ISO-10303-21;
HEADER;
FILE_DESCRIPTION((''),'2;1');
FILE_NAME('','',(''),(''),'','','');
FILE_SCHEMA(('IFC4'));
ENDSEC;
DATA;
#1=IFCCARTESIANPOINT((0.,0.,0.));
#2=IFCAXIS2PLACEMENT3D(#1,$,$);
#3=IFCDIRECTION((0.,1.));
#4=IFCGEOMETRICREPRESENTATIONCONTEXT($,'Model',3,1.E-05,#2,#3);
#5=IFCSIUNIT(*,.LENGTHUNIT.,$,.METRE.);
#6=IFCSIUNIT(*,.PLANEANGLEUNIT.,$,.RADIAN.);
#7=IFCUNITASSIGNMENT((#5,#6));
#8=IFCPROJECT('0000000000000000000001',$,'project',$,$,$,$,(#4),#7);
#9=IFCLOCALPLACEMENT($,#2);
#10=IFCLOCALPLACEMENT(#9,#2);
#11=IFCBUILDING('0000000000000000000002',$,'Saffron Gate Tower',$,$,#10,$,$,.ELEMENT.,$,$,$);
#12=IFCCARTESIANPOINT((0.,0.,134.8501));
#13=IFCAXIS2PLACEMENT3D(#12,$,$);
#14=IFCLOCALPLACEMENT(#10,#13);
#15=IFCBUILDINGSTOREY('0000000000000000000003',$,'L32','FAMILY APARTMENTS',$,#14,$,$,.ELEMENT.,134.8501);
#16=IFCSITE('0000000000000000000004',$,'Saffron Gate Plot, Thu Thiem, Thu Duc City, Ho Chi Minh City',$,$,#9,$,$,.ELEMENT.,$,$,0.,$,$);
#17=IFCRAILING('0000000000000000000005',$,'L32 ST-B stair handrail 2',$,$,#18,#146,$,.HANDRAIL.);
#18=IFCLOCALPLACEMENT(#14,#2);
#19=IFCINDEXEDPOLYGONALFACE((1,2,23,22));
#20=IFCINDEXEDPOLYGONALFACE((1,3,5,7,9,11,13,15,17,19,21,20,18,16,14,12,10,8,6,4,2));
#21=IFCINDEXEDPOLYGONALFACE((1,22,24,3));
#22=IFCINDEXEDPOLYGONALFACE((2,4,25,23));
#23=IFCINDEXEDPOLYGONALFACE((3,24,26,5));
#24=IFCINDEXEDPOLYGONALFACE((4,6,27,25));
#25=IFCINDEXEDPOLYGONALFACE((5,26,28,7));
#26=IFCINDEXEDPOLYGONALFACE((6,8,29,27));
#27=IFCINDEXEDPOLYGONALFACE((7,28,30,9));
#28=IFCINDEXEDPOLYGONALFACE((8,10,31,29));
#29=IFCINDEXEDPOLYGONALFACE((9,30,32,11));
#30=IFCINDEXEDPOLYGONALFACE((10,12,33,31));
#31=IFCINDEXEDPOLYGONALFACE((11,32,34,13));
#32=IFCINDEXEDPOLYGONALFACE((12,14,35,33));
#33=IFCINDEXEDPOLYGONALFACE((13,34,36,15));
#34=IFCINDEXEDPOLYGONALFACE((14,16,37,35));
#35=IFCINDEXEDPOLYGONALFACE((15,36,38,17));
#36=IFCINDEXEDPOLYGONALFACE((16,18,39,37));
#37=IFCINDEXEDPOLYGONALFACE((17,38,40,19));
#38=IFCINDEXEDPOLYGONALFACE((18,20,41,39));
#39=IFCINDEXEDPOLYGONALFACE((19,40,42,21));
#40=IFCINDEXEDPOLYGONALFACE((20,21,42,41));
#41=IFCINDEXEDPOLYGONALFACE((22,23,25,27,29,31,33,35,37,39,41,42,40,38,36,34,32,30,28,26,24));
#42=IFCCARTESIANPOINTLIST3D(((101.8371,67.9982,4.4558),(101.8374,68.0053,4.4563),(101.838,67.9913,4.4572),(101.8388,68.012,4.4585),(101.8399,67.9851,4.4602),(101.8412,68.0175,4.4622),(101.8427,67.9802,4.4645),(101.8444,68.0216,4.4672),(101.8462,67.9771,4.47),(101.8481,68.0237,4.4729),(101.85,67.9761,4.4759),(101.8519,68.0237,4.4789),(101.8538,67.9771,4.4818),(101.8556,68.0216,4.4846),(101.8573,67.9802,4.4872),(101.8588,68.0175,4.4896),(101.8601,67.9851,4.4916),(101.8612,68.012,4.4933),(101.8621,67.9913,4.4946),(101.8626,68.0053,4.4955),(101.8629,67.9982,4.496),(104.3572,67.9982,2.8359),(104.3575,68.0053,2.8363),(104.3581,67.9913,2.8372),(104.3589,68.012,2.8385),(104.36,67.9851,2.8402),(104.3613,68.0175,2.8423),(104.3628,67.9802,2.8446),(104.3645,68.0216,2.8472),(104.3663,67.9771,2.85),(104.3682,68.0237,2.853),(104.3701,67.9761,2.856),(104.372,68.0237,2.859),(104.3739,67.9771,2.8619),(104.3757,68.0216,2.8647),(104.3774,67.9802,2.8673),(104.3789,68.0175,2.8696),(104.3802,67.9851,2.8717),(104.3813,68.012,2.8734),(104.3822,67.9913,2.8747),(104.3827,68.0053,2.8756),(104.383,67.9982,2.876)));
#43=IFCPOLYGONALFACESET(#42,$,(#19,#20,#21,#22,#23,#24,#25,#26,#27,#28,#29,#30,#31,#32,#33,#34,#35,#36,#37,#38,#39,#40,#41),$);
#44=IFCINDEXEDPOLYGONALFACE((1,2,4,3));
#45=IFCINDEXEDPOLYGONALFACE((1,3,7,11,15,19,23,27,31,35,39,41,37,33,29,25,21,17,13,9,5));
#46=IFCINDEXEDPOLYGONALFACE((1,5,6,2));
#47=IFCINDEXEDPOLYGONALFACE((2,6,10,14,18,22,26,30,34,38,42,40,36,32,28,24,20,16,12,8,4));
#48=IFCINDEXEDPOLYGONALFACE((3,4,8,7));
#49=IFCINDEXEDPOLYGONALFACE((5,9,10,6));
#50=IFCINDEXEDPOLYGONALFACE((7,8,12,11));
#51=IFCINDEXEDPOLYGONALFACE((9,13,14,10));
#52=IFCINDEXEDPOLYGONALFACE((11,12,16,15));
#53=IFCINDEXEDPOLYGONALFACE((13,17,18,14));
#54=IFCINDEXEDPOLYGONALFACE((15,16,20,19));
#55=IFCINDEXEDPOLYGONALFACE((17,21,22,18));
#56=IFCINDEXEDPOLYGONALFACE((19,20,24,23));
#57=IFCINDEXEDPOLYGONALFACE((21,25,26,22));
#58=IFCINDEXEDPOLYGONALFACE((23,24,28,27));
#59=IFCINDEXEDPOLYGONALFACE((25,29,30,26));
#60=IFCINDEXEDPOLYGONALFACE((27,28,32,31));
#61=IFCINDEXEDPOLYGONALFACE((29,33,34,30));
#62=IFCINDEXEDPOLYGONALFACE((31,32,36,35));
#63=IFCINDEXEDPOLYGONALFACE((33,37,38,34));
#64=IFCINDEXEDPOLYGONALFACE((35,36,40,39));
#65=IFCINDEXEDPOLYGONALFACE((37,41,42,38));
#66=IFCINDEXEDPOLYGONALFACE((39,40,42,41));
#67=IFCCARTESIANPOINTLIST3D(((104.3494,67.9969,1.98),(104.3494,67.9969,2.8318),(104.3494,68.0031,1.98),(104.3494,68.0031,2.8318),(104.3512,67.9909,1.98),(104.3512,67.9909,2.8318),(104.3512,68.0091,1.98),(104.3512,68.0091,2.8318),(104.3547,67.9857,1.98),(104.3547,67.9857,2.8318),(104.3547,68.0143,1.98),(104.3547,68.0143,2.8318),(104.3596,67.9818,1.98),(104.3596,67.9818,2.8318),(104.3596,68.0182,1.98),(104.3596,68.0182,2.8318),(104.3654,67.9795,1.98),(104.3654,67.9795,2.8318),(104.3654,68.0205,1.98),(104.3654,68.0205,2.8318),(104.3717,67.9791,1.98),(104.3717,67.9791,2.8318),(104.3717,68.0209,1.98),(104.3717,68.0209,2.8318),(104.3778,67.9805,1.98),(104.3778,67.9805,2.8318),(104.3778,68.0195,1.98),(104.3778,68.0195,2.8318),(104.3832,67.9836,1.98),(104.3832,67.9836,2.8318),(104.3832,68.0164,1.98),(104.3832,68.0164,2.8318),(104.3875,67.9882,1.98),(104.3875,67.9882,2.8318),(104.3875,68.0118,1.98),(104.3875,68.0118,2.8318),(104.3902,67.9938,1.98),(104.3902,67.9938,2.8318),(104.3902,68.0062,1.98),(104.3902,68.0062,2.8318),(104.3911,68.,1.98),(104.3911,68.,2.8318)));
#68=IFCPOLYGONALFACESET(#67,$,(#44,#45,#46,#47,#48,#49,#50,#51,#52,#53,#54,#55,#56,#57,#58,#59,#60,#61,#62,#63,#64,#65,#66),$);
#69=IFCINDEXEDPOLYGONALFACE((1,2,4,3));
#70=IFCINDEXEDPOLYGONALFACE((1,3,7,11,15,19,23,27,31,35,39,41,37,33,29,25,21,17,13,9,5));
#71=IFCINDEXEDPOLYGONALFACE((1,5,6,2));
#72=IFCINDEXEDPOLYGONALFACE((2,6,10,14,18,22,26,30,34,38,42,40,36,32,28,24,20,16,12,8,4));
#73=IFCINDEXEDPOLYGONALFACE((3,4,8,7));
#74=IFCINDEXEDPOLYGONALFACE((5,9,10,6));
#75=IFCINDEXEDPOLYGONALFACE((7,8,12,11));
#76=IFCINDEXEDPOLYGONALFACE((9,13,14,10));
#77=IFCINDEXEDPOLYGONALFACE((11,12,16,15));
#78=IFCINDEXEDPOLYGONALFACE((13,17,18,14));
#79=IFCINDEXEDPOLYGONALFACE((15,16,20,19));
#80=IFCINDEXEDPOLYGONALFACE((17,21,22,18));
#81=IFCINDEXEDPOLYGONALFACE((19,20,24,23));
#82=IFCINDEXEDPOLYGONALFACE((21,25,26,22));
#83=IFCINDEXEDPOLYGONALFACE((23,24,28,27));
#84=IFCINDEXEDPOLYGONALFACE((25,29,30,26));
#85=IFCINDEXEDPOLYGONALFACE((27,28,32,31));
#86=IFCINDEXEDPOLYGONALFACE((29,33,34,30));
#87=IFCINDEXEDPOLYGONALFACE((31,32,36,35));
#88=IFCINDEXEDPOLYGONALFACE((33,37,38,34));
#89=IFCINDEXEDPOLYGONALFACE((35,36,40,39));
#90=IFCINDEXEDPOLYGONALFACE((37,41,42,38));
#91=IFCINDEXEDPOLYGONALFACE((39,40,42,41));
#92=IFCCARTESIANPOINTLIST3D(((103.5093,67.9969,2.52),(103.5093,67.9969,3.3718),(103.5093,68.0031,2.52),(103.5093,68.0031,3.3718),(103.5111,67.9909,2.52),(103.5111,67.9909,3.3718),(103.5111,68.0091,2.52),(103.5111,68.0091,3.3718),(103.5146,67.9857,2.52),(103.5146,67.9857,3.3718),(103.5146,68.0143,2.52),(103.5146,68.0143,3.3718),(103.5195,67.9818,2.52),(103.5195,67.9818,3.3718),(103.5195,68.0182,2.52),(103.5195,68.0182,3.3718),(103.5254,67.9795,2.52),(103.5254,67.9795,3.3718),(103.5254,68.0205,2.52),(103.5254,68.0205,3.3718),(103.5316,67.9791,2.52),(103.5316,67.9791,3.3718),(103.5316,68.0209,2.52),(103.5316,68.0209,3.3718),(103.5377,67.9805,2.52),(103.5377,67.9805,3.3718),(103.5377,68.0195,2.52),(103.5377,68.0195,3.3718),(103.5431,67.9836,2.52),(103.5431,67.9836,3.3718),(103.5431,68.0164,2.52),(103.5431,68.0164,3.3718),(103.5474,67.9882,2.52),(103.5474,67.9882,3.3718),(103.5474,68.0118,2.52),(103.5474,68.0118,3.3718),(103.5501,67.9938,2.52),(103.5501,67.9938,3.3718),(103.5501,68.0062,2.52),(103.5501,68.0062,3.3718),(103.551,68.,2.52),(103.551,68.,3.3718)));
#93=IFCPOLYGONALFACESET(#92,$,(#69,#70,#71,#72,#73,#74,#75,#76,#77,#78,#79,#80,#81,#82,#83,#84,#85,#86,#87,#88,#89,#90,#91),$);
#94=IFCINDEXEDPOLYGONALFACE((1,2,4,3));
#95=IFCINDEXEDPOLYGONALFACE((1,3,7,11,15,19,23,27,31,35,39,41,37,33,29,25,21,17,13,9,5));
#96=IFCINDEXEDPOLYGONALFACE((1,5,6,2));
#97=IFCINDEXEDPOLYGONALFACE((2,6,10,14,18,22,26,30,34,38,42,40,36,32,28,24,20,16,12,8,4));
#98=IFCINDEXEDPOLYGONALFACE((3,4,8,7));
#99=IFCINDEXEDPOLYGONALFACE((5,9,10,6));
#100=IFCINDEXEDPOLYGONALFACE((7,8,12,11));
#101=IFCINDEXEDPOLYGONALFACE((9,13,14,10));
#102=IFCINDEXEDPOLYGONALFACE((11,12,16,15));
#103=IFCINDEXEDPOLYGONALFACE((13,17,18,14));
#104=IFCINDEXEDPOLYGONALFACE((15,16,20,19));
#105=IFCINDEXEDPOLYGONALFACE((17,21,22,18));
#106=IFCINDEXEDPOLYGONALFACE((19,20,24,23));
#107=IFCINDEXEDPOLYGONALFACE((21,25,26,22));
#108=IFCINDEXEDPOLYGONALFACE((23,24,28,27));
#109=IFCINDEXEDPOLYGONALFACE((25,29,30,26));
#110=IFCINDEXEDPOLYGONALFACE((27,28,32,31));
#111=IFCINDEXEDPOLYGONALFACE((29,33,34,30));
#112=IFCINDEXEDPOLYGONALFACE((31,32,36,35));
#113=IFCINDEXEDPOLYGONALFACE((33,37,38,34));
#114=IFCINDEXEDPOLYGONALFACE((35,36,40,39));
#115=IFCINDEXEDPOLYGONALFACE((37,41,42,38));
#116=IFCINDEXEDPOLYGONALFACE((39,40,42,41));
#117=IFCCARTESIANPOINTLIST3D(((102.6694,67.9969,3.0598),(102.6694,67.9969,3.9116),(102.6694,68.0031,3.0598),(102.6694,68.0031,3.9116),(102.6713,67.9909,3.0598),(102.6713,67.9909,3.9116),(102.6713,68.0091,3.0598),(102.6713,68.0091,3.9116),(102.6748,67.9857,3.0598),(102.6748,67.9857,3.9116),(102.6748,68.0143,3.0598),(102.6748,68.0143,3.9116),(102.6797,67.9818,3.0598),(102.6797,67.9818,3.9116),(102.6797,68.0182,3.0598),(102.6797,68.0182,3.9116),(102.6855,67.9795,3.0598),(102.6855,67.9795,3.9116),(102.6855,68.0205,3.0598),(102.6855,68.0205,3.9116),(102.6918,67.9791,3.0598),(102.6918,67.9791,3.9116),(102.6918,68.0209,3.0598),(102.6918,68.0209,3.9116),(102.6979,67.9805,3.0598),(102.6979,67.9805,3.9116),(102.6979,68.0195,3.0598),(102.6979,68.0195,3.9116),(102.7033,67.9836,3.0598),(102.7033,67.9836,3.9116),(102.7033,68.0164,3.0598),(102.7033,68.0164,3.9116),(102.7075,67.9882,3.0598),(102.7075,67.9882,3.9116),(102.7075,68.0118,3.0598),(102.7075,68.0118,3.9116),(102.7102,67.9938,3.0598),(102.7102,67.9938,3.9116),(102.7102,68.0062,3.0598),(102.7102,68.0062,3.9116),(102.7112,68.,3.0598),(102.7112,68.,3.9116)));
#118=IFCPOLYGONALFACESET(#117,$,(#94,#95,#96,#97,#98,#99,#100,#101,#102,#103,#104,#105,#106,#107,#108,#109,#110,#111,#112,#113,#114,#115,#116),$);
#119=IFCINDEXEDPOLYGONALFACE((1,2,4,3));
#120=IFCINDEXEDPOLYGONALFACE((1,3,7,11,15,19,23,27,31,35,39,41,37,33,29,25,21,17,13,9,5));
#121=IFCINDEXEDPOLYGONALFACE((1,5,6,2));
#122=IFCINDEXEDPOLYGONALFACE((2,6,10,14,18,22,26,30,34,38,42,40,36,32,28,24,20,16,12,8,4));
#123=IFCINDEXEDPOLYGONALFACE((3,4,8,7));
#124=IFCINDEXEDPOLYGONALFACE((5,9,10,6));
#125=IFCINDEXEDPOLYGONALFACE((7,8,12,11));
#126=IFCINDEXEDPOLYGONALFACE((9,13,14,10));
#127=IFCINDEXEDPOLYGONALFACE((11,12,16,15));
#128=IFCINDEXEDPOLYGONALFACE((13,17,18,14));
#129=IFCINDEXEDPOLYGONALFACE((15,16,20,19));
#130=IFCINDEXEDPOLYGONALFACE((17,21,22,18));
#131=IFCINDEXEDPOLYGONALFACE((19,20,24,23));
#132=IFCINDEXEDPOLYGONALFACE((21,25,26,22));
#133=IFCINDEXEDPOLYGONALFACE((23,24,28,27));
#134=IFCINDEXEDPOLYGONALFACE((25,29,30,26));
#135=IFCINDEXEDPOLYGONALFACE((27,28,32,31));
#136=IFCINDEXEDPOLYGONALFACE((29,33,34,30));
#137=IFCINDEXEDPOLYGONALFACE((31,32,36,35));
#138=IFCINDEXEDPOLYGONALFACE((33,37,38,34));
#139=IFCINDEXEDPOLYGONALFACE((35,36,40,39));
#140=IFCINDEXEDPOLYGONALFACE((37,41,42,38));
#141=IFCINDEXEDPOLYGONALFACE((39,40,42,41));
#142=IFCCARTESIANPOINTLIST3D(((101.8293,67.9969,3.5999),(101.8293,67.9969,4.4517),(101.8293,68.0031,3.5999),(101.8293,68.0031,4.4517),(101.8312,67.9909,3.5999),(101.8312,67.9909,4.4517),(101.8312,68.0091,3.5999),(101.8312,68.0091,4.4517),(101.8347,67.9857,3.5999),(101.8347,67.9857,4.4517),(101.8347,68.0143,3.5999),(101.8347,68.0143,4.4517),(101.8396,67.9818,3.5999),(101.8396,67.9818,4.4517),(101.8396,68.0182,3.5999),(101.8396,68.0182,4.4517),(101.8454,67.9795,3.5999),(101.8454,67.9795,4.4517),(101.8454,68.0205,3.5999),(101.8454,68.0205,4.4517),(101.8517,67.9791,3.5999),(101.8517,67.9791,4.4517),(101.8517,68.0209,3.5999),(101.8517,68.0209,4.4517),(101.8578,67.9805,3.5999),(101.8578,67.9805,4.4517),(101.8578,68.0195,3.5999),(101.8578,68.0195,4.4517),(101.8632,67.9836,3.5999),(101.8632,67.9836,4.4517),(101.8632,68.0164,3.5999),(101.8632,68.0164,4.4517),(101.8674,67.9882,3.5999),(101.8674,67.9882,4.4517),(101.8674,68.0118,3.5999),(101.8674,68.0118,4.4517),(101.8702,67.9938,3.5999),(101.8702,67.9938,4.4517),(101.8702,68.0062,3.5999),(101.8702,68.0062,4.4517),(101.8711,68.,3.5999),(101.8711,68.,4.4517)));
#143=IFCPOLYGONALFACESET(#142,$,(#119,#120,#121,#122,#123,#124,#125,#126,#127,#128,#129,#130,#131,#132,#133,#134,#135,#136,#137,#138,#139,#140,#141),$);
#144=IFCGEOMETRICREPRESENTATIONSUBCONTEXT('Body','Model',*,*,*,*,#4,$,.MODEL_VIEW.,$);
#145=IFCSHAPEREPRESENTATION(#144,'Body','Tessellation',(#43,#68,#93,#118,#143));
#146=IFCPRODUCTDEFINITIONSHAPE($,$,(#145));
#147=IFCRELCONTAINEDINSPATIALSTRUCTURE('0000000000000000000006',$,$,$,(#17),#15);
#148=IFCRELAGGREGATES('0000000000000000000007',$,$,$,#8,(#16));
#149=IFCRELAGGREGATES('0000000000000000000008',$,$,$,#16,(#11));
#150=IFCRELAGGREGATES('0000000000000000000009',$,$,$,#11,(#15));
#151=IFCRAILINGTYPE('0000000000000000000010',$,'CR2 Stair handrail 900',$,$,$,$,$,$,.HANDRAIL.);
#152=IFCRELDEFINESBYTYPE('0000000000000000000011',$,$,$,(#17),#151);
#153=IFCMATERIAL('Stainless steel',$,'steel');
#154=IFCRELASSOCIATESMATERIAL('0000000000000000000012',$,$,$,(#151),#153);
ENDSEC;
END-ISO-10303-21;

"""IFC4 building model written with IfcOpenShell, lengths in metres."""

from ifc_helpers import new_model, si_unit, direction, frame, origin, origin_2d, place, context, subcontext, project, spatial, circle, extrude, material, type_object, element, save


model = new_model("IFC4")

# Units and contexts
model_context = context("Model", 3, precision=1e-05, world=origin(), true_north=direction((0.0, 1.0)))
body_context = subcontext(model_context, "Body", "Model", "MODEL_VIEW")
ifc_project = project(units=[si_unit("LENGTHUNIT", "METRE"), si_unit("PLANEANGLEUNIT", "RADIAN")], contexts=[model_context])

# Site, building, storey
site_placement = place(None, origin())
site = spatial("IfcSite", under=ifc_project, at=site_placement, Name="Saffron Gate Plot, Thu Thiem, Thu Duc City, Ho Chi Minh City", CompositionType="ELEMENT", RefElevation=0.0)
building_placement = place(site_placement, origin())
building = spatial("IfcBuilding", under=site, at=building_placement, Name="Saffron Gate Tower", CompositionType="ELEMENT")
storey_placement = place(building_placement, frame((0.0, 0.0, 134.8501)))
storey = spatial("IfcBuildingStorey", under=building, at=storey_placement, Name="L32", Description="FAMILY APARTMENTS", CompositionType="ELEMENT", Elevation=134.8501)

# Railing
ifc_material_1 = material(Name="Stainless steel", Category="steel")
railing_type_1 = type_object("IfcRailingType", Name="CR2 Stair handrail 900", PredefinedType="HANDRAIL", material=ifc_material_1)
railing_1_placement = place(storey_placement, frame((104.3701, 68.0, 1.98)))
element("IfcRailing", 1, at=railing_1_placement, inside=storey, type_object=railing_type_1, Name="L32 ST-B stair handrail 2", PredefinedType="HANDRAIL", context=body_context, shape_type="SweptSolid", body=[
    extrude(circle(Radius=0.0239, at=origin_2d()), frame((0.0, 0.0, 0.876), z_axis=(-0.8412, 0.0, 0.540725), x_axis=(0.0, -1.0, 0.0)), (0.0, 0.0, 1.0), 2.9958),
    extrude(circle(Radius=0.021, at=origin_2d()), origin(), (0.0, 0.0, 1.0), 0.8518),
    extrude(circle(Radius=0.021, at=origin_2d()), frame((-0.8401, 0.0, 0.54)), (0.0, 0.0, 1.0), 0.8518),
    extrude(circle(Radius=0.021, at=origin_2d()), frame((-1.6799, 0.0, 1.0798)), (0.0, 0.0, 1.0), 0.8518),
    extrude(circle(Radius=0.021, at=origin_2d()), frame((-2.52, 0.0, 1.6199)), (0.0, 0.0, 1.0), 0.8518),
])

save(model, "model.ifc")
